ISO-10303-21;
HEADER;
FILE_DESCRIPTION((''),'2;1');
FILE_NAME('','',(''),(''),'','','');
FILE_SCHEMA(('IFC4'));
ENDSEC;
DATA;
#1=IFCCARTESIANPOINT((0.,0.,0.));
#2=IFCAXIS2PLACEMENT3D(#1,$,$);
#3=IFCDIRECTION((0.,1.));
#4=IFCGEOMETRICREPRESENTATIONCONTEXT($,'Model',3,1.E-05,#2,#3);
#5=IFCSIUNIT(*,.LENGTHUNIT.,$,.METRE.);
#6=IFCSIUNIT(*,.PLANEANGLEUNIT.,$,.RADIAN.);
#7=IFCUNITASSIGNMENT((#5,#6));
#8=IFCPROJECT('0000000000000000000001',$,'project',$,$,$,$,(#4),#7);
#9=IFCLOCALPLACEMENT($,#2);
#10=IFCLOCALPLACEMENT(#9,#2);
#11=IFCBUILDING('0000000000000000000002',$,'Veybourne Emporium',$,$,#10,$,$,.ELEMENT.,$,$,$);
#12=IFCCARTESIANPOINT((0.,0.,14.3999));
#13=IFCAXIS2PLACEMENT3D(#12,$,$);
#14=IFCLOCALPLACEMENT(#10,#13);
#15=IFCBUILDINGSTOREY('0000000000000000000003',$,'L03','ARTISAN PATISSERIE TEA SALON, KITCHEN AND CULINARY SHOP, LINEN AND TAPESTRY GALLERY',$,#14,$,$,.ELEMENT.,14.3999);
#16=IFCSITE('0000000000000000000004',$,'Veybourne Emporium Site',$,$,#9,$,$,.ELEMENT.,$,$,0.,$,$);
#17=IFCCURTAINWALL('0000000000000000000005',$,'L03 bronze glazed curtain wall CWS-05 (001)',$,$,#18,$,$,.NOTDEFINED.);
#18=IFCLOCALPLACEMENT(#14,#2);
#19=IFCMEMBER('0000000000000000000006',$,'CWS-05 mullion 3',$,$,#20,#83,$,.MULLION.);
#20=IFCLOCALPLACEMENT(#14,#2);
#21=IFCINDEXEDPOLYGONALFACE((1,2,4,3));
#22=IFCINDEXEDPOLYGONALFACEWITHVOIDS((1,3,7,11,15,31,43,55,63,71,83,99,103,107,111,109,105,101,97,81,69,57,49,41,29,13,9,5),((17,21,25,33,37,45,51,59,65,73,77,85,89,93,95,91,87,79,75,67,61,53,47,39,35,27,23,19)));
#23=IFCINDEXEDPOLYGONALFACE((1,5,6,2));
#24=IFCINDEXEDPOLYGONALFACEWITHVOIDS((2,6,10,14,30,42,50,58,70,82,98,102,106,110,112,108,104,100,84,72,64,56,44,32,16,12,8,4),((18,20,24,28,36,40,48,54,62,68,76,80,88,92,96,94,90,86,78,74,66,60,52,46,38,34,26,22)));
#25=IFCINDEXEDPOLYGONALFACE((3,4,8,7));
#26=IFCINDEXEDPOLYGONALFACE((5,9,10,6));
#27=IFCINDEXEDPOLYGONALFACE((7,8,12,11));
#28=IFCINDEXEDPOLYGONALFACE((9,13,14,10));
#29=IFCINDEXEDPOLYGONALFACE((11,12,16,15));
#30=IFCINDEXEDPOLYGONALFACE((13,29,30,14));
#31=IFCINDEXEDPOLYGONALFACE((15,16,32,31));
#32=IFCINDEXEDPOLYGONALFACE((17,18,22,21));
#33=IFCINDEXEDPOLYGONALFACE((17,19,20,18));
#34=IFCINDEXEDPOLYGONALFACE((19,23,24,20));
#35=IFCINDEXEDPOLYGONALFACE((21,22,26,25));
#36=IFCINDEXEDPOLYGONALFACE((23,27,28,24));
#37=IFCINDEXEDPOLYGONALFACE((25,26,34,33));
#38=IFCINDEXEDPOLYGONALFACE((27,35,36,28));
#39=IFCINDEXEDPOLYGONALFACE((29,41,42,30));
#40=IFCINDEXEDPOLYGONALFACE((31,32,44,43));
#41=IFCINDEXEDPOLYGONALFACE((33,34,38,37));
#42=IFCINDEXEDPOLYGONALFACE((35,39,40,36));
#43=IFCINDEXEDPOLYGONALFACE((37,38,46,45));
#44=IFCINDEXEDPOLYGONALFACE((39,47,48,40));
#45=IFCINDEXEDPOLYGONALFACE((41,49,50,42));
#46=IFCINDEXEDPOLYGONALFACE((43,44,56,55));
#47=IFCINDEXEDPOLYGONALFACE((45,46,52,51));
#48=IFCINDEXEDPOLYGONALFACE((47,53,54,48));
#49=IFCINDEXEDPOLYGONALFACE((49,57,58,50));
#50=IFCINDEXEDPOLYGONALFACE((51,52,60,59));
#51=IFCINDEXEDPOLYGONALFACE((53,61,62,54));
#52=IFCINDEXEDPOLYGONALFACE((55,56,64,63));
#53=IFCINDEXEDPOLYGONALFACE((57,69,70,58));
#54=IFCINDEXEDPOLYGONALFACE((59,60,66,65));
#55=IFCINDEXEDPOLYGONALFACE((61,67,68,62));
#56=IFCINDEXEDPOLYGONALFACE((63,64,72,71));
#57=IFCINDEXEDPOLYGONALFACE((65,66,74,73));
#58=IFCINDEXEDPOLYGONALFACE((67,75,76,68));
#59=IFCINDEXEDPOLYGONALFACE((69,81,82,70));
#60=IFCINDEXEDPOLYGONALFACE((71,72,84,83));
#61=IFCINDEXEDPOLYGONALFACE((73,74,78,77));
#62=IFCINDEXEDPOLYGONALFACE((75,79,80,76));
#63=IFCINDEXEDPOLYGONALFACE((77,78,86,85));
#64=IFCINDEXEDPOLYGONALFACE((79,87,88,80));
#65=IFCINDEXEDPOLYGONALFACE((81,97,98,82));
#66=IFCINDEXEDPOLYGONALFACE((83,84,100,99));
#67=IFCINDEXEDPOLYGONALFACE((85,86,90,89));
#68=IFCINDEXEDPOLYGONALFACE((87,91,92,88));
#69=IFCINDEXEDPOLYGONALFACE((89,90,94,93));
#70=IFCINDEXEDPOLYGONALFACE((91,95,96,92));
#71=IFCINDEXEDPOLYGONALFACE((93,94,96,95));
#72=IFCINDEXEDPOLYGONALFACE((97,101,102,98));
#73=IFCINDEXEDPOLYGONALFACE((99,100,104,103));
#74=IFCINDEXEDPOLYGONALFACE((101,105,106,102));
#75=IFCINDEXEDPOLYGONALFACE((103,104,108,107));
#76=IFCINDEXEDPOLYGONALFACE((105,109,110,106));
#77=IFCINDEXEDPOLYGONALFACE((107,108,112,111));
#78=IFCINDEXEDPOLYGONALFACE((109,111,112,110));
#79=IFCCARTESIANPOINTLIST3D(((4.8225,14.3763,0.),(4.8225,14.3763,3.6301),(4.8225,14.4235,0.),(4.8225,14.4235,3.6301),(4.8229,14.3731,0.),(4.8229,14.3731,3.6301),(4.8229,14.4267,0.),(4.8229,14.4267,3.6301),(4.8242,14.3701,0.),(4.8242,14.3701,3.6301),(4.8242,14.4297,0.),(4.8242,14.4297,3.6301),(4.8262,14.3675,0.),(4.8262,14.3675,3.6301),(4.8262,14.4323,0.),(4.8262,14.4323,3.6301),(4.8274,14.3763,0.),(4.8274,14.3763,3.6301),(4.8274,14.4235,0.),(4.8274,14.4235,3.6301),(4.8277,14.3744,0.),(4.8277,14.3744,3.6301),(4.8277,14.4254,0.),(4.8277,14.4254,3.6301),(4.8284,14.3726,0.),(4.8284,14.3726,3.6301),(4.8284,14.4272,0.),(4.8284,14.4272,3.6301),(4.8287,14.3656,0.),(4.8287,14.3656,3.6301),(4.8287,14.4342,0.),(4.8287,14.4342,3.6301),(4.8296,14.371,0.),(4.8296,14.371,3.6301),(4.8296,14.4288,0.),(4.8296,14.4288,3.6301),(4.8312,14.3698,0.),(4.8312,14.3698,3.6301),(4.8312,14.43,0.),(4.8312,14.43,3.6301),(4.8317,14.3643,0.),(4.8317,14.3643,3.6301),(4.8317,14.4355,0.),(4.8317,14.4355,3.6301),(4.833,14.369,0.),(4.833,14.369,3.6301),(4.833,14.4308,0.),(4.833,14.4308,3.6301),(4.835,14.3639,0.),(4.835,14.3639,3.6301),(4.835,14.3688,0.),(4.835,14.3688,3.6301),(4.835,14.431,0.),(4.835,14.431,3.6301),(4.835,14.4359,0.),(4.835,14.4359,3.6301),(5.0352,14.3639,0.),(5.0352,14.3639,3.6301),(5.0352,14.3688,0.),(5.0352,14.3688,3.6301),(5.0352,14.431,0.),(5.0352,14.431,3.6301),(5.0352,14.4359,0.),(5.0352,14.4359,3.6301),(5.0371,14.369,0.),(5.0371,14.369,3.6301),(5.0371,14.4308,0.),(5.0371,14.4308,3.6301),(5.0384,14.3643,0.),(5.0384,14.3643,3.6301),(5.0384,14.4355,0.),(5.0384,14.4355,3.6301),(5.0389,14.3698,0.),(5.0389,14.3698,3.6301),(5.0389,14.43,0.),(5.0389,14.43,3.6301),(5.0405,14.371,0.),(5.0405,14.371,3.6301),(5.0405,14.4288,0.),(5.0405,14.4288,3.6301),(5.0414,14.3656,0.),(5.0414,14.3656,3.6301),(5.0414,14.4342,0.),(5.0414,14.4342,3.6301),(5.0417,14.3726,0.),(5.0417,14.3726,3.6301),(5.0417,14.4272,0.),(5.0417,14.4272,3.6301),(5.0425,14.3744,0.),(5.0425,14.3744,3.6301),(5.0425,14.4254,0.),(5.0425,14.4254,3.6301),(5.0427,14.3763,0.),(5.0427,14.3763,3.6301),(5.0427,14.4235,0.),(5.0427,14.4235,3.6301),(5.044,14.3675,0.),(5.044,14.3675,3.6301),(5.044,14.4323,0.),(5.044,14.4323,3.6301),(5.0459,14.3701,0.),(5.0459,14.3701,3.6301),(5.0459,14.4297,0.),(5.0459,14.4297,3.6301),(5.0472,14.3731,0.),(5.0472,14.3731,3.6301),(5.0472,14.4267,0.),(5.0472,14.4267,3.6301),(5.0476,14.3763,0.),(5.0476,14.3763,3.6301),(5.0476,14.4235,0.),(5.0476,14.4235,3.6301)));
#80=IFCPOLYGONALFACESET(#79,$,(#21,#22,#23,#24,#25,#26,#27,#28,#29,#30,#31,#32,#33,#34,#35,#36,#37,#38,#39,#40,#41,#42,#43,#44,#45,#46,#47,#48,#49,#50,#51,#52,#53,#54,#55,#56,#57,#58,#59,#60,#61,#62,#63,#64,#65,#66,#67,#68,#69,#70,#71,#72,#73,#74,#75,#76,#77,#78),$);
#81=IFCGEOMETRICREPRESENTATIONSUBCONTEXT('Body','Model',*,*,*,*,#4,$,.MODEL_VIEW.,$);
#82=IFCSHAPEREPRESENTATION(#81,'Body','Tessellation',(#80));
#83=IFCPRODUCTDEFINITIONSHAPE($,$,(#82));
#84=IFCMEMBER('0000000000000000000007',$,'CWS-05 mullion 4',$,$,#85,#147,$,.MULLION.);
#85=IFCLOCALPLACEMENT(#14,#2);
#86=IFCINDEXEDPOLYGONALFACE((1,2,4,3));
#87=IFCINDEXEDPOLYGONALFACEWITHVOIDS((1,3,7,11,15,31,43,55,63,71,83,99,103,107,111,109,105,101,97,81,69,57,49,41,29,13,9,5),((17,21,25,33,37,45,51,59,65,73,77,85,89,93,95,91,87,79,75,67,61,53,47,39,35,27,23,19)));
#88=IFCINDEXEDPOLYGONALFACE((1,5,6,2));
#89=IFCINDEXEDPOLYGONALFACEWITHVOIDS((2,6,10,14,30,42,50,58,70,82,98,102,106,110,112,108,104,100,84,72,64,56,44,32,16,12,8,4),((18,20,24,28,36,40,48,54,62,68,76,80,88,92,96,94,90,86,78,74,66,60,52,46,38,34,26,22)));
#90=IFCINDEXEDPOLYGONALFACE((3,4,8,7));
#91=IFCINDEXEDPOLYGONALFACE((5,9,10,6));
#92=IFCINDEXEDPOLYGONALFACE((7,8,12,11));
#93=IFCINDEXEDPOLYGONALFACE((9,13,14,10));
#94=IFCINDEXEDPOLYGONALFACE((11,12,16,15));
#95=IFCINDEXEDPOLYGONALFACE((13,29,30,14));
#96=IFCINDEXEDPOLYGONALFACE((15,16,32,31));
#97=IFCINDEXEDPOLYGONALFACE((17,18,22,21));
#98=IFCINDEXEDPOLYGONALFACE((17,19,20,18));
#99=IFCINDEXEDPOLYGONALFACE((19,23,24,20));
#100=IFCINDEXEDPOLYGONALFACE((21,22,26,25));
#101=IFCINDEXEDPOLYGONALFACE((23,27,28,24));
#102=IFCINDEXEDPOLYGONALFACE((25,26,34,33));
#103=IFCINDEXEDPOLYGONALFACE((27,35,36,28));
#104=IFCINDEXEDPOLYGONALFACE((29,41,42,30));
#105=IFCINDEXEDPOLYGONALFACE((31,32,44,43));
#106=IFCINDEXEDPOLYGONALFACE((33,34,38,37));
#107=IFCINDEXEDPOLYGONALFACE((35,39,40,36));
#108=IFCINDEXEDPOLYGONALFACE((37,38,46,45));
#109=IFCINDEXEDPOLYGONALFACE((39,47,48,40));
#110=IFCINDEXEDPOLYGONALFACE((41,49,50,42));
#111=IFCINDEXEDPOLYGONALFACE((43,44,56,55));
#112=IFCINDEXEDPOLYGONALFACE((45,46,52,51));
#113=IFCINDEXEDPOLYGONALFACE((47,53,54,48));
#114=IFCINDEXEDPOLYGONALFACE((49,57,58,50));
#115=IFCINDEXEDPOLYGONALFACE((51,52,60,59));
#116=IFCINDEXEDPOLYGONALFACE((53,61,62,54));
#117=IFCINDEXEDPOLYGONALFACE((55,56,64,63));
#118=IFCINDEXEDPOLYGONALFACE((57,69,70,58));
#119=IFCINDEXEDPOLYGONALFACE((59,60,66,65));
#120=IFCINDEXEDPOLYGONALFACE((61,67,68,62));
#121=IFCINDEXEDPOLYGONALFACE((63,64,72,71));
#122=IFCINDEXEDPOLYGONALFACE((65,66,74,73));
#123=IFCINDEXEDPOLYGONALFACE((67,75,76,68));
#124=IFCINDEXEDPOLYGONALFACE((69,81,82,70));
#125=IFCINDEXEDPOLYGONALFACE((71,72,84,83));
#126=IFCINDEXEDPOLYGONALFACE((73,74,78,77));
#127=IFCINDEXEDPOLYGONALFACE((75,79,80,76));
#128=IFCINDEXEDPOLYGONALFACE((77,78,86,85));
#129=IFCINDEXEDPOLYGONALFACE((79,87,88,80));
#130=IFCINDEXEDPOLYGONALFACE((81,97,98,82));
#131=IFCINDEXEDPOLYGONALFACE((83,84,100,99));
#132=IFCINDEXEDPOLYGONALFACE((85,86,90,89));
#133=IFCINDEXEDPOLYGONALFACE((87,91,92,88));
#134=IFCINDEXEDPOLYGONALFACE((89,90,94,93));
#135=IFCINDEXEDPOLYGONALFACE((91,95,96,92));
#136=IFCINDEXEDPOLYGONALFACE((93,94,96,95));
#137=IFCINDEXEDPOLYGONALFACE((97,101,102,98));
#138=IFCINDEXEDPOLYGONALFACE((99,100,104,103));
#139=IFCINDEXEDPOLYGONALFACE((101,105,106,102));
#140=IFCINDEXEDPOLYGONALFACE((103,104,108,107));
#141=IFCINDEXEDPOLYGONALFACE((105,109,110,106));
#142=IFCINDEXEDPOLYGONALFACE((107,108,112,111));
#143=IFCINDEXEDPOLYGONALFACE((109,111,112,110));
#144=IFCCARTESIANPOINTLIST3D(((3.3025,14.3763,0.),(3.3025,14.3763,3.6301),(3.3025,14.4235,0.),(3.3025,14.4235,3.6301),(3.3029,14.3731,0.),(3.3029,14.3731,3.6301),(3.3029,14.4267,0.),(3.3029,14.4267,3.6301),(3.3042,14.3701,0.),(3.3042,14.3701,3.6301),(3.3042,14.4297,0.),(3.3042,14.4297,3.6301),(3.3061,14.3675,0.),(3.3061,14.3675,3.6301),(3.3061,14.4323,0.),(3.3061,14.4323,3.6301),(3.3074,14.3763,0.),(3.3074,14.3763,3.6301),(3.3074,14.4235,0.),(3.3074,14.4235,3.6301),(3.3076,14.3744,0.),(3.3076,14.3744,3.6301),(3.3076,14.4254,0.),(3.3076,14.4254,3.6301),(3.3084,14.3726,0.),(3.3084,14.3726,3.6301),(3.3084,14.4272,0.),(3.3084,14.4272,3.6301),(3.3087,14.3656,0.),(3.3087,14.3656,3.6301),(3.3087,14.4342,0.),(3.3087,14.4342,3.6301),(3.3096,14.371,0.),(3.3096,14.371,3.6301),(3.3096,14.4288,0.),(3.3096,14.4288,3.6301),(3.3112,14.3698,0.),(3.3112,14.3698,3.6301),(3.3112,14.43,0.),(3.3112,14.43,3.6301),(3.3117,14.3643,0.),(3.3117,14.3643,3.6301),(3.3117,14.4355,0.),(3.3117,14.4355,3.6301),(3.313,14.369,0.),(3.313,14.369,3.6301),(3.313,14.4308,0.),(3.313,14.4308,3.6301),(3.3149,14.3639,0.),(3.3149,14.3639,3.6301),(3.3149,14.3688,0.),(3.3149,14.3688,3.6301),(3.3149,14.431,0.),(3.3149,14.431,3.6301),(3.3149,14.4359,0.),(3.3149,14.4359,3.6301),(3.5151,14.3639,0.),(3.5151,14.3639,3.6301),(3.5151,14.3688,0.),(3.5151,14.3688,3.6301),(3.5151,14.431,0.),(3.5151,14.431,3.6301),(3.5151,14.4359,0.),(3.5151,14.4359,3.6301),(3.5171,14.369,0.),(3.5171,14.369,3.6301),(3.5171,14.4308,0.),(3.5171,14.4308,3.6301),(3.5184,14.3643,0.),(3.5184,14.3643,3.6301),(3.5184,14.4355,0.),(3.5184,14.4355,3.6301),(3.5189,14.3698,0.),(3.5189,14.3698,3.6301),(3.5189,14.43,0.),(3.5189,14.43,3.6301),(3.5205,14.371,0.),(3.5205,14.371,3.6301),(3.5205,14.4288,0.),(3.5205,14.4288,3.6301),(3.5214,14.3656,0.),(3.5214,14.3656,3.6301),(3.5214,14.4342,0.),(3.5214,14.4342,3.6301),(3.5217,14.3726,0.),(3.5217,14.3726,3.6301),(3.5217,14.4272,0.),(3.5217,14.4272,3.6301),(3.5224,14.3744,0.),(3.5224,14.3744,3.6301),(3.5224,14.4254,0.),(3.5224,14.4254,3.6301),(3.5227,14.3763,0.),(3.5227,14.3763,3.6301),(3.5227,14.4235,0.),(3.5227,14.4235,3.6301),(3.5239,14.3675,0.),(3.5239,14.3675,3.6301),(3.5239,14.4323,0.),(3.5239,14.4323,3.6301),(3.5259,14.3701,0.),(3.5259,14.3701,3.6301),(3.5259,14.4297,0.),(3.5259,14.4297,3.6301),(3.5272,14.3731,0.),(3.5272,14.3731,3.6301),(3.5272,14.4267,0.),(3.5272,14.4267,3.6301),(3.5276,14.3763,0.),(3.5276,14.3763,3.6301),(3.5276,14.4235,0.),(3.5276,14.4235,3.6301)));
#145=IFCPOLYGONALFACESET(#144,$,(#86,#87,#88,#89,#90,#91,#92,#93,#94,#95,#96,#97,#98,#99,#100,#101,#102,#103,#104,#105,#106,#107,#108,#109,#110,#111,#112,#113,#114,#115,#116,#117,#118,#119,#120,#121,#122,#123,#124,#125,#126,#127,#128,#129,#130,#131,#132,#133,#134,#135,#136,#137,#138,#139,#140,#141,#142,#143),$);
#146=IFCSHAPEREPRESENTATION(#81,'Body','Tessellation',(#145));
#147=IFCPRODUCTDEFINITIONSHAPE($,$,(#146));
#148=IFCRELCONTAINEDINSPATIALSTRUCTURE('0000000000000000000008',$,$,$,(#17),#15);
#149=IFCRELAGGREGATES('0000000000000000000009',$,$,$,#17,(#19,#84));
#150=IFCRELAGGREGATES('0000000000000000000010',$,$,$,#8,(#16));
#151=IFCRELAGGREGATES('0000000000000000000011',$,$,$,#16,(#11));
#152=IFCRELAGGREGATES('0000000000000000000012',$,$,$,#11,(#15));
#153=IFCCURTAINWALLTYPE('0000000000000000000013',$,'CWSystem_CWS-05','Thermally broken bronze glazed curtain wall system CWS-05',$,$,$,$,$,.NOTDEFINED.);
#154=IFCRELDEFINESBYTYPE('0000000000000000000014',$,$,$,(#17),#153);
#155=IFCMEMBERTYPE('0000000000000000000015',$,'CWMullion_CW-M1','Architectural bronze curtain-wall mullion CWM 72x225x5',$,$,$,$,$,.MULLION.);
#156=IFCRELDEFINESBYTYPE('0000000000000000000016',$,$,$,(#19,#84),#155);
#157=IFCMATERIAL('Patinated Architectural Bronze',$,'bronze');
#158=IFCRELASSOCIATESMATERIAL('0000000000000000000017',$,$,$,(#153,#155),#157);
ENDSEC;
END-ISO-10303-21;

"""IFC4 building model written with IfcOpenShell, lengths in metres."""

from ifc_helpers import new_model, si_unit, direction, frame, origin, origin_2d, place, context, subcontext, project, spatial, hollow_rectangle, extrude, material, material_profile, profile_set, type_object, element, aggregate, save


model = new_model("IFC4")

# Units and contexts
model_context = context("Model", 3, precision=1e-05, world=origin(), true_north=direction((0.0, 1.0)))
body_context = subcontext(model_context, "Body", "Model", "MODEL_VIEW")
ifc_project = project(units=[si_unit("LENGTHUNIT", "METRE"), si_unit("PLANEANGLEUNIT", "RADIAN")], contexts=[model_context])

# Site, building, storey
site_placement = place(None, origin())
site = spatial("IfcSite", under=ifc_project, at=site_placement, Name="Veybourne Emporium Site", CompositionType="ELEMENT", RefElevation=0.0)
building_placement = place(site_placement, origin())
building = spatial("IfcBuilding", under=site, at=building_placement, Name="Veybourne Emporium", CompositionType="ELEMENT")
storey_placement = place(building_placement, frame((0.0, 0.0, 14.3999)))
storey = spatial("IfcBuildingStorey", under=building, at=storey_placement, Name="L03", Description="ARTISAN PATISSERIE TEA SALON, KITCHEN AND CULINARY SHOP, LINEN AND TAPESTRY GALLERY", CompositionType="ELEMENT", Elevation=14.3999)

# Curtain wall, members
ifc_material_1 = material(Name="Patinated Architectural Bronze", Category="bronze")
curtain_wall_type = type_object("IfcCurtainWallType", Name="CWSystem_CWS-05", Description="Thermally broken bronze glazed curtain wall system CWS-05", PredefinedType="NOTDEFINED", material=ifc_material_1)
curtain_wall_placement = place(storey_placement, origin())
curtain_wall = element("IfcCurtainWall", 1, at=curtain_wall_placement, inside=storey, type_object=curtain_wall_type, Name="L03 bronze glazed curtain wall CWS-05 (001)", PredefinedType="NOTDEFINED")
ifc_material_profile_1 = material_profile(ifc_material_1, hollow_rectangle(XDim=0.072, YDim=0.2251, WallThickness=0.0049, InnerFilletRadius=0.0076, OuterFilletRadius=0.0125, at=origin_2d()), Name="CWM 72x225x5")
ifc_profile_set_1 = profile_set([ifc_material_profile_1], Name="Patinated Architectural Bronze")
member_type_1 = type_object("IfcMemberType", Name="CWMullion_CW-M1", Description="Architectural bronze curtain-wall mullion CWM 72x225x5", PredefinedType="MULLION", material=ifc_profile_set_1)
member_1_placement = place(storey_placement, frame((4.9351, 14.3999, 0.0), z_axis=(0.0, 0.0, 1.0), x_axis=(0.0, -1.0, 0.0)))
member_1 = element("IfcMember", 2, at=member_1_placement, type_object=member_type_1, Name="CWS-05 mullion 3", PredefinedType="MULLION", context=body_context, shape_type="SweptSolid", body=[
    extrude(hollow_rectangle(XDim=0.072, YDim=0.2251, WallThickness=0.0049, InnerFilletRadius=0.0076, OuterFilletRadius=0.0125, at=origin_2d()), origin(), (0.0, 0.0, 1.0), 3.6301),
])
member_2_placement = place(storey_placement, frame((3.415, 14.3999, 0.0), z_axis=(0.0, 0.0, 1.0), x_axis=(0.0, -1.0, 0.0)))
member_2 = element("IfcMember", 3, at=member_2_placement, type_object=member_type_1, Name="CWS-05 mullion 4", PredefinedType="MULLION", context=body_context, shape_type="SweptSolid", body=[
    extrude(hollow_rectangle(XDim=0.072, YDim=0.2251, WallThickness=0.0049, InnerFilletRadius=0.0076, OuterFilletRadius=0.0125, at=origin_2d()), origin(), (0.0, 0.0, 1.0), 3.6301),
])
aggregate(curtain_wall, [member_1, member_2])

save(model, "model.ifc")
